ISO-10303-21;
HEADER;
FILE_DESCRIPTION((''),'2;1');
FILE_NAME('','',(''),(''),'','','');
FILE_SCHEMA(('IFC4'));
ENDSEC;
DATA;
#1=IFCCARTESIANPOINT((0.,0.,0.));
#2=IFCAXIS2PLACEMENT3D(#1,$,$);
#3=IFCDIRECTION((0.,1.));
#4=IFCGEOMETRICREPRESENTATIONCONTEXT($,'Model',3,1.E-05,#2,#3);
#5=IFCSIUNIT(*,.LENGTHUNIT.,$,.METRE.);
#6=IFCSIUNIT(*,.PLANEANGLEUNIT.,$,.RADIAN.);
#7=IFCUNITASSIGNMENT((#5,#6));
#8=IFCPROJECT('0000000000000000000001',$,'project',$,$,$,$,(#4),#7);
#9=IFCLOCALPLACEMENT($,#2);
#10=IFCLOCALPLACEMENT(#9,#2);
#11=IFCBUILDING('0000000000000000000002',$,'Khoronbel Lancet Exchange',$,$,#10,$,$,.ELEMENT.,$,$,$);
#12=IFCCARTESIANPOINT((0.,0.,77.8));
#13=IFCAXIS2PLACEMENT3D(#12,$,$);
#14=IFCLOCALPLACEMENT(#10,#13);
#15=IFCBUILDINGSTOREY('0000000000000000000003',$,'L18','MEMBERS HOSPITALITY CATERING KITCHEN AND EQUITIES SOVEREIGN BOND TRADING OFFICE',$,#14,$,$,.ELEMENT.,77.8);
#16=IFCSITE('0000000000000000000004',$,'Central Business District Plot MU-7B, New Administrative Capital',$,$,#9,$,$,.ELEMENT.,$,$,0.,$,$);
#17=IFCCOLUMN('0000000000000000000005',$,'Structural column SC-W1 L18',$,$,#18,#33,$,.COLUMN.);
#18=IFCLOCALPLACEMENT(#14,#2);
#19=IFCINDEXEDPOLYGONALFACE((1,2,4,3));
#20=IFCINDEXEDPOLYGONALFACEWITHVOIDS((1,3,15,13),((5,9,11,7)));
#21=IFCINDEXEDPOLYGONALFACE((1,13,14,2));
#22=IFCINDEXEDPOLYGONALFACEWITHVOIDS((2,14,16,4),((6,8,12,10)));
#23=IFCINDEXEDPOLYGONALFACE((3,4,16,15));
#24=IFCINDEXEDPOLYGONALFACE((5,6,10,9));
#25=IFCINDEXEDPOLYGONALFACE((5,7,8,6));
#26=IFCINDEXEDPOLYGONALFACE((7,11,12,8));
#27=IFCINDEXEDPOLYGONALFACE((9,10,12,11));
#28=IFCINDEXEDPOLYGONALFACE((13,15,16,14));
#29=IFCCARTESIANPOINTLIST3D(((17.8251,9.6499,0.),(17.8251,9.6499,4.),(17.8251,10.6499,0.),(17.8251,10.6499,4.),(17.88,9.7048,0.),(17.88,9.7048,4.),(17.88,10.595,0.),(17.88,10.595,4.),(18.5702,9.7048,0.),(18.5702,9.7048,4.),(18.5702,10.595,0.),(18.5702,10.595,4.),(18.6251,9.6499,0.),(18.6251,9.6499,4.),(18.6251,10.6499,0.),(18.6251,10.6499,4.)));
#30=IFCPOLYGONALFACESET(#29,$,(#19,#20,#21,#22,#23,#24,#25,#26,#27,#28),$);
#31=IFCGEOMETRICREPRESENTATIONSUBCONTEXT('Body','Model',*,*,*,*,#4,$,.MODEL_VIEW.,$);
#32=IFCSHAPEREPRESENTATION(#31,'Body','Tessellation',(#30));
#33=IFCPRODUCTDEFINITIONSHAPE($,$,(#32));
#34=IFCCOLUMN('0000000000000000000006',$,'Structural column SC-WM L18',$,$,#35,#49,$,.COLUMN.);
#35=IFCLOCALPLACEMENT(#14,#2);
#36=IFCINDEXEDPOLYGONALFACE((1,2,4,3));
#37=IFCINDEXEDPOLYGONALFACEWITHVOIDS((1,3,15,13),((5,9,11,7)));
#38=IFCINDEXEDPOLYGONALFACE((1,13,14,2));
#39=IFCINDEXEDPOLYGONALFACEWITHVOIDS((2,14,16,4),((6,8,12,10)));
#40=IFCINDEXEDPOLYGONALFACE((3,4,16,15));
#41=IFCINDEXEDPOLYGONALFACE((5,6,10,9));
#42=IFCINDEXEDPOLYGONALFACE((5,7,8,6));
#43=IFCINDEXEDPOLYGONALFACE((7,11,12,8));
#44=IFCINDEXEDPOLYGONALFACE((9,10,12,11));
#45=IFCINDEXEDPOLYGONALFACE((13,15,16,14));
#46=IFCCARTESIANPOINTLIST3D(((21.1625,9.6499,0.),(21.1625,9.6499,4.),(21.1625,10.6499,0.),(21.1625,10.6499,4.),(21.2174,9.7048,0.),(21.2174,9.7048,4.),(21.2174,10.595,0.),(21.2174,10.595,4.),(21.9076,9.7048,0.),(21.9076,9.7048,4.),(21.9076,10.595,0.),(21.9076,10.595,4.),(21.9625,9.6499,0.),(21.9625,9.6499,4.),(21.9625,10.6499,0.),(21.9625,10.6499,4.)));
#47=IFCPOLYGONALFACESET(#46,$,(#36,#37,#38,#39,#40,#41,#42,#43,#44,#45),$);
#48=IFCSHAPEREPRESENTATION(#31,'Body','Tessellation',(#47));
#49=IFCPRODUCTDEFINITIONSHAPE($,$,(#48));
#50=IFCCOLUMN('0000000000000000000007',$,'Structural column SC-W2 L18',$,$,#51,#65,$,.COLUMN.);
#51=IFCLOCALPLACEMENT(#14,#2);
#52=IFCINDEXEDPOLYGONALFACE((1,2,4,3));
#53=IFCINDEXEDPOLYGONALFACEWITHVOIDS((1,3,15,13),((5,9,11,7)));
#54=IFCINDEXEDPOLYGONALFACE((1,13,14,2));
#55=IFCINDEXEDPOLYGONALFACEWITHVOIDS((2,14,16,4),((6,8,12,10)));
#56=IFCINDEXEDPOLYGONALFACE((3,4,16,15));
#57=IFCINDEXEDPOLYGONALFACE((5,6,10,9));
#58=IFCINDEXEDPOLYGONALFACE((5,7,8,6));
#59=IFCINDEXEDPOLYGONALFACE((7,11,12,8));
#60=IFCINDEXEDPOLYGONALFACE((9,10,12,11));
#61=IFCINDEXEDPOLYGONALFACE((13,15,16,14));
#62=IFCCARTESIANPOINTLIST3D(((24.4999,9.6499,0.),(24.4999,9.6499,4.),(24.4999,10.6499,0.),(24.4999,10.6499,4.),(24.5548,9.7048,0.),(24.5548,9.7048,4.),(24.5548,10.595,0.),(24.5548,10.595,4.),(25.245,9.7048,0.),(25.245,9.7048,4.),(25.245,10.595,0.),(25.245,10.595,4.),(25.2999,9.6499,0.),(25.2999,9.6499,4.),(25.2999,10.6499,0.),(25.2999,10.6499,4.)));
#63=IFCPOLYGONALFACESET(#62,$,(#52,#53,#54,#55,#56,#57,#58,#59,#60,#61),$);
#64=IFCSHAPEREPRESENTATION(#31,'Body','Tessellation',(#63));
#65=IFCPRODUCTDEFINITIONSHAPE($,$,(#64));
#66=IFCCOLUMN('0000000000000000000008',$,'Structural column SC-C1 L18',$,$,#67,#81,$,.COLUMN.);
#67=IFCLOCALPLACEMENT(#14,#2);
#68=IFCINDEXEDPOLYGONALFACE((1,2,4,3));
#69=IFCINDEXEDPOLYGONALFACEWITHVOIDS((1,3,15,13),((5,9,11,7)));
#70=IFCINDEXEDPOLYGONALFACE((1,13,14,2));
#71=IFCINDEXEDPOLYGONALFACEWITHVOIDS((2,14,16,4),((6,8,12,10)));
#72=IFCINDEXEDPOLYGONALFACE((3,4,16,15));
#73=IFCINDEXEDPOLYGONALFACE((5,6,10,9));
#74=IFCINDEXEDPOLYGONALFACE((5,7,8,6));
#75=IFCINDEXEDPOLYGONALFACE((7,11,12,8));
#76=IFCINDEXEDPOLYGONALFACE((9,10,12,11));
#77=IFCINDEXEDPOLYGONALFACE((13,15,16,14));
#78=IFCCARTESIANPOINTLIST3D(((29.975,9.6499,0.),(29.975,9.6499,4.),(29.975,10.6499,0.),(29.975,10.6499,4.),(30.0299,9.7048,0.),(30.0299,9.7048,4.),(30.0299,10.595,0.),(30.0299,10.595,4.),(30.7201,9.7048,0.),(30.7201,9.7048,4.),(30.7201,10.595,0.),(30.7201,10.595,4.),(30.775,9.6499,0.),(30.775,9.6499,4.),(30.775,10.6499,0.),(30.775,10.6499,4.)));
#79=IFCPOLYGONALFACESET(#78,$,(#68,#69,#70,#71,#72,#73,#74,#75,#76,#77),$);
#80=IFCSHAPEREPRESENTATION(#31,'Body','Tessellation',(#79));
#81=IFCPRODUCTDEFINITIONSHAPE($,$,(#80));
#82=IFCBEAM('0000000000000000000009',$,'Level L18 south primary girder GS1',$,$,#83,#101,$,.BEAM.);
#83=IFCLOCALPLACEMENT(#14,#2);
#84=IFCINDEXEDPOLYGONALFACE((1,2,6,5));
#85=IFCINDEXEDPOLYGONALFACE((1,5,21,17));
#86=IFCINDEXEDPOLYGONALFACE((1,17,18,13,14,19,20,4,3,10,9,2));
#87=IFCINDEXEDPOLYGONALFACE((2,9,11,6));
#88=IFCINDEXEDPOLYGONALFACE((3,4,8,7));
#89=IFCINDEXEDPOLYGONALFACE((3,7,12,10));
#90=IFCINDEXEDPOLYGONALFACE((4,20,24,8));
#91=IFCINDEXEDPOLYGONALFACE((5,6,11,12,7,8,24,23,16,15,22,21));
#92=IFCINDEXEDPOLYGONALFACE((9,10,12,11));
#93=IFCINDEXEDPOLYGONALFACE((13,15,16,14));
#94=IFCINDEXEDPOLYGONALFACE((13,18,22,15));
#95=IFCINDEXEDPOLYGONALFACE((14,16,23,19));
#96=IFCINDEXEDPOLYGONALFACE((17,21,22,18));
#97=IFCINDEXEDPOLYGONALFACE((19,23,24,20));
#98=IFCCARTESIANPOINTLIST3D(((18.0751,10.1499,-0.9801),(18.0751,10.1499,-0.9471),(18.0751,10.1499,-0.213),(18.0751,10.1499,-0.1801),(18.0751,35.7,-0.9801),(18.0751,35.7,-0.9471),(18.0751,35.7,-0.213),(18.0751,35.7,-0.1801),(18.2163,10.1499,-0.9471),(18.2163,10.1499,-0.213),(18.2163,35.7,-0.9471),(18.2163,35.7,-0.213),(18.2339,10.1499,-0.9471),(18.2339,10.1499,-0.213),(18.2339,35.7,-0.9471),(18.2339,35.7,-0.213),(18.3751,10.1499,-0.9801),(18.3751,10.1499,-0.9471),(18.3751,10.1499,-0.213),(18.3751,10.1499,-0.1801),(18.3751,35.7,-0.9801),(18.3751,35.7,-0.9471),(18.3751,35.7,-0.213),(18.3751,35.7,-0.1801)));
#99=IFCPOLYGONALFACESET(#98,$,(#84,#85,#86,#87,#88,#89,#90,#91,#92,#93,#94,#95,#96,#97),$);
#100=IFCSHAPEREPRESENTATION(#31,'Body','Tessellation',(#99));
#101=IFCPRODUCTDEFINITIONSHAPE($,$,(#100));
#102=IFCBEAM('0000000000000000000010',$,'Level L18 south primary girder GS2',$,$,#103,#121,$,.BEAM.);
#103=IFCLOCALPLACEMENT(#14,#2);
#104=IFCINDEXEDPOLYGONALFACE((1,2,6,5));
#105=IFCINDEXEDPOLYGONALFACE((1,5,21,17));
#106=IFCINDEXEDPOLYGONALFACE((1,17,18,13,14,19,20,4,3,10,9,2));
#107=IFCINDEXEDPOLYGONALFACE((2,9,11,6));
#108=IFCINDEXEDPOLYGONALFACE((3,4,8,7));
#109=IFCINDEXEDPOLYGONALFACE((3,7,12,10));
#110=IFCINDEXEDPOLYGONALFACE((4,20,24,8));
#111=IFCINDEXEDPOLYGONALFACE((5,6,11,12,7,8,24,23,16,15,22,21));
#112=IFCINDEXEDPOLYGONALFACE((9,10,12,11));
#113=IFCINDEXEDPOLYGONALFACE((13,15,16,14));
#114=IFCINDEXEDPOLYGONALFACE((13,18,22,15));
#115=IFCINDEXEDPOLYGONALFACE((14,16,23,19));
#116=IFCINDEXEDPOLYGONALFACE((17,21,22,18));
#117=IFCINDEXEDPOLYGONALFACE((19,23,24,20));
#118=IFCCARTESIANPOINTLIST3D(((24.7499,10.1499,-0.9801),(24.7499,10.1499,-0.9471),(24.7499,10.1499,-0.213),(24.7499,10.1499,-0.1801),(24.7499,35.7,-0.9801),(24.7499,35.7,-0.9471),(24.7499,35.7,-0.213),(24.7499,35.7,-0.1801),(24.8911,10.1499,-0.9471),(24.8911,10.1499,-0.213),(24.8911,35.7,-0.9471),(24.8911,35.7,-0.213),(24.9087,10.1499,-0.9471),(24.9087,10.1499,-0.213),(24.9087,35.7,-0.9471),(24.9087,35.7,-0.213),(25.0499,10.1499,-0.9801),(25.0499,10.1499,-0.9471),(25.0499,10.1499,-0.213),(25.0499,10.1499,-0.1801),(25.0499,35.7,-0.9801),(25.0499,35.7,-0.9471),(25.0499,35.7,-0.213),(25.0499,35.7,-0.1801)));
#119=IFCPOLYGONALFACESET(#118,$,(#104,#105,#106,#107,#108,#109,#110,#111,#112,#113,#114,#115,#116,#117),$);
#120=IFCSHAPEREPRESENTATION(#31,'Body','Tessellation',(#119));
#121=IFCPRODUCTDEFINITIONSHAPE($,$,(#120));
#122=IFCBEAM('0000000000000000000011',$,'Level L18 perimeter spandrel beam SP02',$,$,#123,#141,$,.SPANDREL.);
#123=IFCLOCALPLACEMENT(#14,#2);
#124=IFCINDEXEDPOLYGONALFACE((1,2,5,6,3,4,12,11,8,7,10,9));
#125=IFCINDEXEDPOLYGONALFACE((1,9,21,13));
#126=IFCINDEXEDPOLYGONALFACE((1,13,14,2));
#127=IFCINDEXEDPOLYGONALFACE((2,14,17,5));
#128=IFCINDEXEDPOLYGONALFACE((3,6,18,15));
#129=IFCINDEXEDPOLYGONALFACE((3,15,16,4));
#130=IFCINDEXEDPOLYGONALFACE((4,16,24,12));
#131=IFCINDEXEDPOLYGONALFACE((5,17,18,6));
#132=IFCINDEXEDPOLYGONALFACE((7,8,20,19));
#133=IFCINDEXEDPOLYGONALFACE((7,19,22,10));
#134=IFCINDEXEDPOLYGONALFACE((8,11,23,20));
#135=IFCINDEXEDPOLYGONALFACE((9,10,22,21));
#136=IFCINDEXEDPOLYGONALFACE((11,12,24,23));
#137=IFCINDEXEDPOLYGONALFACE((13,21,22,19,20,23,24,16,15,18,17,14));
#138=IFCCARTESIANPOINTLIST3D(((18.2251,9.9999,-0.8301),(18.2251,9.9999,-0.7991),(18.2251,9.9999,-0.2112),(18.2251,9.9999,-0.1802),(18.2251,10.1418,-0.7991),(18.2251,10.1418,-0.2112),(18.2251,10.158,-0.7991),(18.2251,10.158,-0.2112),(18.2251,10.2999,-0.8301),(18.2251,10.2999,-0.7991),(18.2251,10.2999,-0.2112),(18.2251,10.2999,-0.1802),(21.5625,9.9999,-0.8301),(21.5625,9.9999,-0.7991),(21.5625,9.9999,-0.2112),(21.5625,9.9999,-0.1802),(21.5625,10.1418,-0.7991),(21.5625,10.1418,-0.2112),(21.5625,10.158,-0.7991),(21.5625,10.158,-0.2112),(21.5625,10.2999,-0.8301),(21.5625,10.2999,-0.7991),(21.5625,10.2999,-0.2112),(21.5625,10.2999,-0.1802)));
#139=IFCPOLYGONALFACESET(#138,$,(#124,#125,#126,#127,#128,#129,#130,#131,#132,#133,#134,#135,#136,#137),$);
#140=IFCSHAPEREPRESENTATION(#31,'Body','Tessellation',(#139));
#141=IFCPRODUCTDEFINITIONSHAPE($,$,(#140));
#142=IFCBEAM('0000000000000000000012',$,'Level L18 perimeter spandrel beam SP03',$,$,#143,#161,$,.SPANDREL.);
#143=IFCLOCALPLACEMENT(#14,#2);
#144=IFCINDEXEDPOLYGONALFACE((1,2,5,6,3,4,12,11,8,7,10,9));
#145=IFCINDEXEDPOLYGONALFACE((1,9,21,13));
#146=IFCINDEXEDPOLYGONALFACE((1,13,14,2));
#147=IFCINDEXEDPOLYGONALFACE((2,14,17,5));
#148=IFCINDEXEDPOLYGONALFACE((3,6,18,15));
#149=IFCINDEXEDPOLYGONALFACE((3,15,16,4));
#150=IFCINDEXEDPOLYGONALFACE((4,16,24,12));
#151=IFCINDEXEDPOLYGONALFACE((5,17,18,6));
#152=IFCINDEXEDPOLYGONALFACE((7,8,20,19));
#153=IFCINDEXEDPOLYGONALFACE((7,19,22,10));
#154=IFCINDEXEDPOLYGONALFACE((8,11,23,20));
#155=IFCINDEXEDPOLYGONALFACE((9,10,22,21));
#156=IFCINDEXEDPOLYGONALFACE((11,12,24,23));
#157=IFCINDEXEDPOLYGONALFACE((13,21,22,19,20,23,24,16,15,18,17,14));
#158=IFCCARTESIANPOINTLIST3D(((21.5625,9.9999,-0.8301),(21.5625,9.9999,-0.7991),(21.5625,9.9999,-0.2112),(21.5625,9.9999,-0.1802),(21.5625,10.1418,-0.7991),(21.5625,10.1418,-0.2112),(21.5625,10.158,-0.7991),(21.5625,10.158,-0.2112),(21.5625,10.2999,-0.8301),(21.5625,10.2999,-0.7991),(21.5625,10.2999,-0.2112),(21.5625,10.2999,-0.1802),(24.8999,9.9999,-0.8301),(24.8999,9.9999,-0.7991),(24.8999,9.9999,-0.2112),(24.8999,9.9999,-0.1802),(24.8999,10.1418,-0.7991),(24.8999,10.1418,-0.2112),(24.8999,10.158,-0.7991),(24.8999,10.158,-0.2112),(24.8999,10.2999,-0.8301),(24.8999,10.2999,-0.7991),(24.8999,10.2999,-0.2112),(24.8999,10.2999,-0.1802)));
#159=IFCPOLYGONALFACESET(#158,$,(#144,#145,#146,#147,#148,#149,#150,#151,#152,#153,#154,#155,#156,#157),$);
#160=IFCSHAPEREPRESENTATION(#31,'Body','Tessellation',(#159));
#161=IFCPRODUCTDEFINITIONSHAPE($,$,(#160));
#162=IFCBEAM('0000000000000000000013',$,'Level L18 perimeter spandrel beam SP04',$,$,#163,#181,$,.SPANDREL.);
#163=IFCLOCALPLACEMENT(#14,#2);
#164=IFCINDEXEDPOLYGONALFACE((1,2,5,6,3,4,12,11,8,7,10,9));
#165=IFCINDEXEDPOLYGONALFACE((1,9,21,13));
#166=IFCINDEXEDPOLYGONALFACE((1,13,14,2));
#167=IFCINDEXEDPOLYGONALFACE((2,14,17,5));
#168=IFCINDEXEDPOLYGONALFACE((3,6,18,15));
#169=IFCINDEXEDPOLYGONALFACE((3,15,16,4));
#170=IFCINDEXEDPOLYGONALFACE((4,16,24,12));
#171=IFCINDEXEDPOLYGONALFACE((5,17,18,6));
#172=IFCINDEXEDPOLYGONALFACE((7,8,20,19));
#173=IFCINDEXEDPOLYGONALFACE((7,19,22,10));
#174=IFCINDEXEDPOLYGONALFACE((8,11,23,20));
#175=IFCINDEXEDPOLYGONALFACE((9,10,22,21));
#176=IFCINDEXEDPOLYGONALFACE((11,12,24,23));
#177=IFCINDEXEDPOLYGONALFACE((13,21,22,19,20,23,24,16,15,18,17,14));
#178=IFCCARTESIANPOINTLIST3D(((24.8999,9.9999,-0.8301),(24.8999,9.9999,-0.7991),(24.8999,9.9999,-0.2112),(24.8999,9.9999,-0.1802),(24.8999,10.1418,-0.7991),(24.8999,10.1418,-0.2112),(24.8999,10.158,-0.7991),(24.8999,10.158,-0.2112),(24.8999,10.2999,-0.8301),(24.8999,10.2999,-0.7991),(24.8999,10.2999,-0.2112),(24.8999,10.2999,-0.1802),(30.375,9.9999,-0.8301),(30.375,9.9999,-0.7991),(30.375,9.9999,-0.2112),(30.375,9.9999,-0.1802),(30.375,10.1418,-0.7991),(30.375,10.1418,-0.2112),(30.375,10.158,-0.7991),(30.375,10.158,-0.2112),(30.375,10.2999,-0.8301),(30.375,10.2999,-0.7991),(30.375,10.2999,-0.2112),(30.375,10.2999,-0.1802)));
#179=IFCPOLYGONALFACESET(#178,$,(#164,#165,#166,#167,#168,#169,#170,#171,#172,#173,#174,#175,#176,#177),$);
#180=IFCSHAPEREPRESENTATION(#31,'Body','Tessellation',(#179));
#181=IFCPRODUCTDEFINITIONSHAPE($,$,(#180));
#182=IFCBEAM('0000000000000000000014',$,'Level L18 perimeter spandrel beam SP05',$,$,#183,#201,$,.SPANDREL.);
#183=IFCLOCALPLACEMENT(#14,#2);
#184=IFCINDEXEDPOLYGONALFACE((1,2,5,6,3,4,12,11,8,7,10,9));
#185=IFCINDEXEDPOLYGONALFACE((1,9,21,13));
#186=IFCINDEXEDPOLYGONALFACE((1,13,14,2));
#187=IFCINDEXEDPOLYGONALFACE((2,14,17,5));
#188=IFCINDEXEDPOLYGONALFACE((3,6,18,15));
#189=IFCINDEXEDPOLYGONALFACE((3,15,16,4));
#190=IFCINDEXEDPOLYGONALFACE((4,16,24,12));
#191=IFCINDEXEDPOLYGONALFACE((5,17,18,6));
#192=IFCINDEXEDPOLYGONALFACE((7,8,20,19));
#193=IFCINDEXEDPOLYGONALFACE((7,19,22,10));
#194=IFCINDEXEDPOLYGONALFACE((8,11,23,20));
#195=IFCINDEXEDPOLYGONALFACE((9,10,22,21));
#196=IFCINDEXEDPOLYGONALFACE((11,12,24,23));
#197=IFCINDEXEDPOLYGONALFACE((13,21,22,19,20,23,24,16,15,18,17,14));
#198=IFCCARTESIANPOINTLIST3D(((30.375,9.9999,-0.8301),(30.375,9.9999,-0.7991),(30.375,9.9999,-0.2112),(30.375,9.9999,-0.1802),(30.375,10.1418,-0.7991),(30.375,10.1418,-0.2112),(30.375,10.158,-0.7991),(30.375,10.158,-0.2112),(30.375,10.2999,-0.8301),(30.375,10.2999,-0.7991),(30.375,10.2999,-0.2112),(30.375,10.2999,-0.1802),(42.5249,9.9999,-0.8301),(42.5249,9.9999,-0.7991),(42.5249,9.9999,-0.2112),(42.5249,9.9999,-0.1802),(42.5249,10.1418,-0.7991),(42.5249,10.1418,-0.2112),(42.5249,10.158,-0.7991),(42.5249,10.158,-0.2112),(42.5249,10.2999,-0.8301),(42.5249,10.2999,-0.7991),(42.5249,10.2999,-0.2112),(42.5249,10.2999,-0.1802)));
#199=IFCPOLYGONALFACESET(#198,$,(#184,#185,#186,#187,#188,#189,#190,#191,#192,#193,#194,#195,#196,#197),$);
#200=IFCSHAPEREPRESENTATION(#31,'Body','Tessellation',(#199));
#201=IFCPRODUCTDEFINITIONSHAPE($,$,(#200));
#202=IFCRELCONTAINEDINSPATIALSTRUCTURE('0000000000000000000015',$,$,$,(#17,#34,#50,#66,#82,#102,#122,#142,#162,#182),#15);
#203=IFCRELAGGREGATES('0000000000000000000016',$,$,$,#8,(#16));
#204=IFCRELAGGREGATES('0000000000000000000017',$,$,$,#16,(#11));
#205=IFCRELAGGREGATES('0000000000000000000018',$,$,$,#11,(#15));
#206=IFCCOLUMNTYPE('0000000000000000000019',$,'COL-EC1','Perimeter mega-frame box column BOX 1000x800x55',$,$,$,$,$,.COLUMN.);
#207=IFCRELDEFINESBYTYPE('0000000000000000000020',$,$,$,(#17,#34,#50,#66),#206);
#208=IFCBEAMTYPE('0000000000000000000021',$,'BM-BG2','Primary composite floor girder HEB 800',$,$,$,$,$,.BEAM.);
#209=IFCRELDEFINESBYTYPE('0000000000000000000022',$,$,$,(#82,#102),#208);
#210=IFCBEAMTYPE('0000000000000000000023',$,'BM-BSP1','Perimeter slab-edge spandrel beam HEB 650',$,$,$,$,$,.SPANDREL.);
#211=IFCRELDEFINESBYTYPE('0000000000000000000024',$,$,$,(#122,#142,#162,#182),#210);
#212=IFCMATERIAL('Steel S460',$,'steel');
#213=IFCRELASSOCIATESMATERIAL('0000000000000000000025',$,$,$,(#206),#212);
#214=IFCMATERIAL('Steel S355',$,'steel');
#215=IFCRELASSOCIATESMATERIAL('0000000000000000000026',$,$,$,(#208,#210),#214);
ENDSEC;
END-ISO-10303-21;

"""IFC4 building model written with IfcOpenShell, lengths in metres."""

from ifc_helpers import new_model, si_unit, direction, frame, origin, origin_2d, place, context, subcontext, project, spatial, hollow_rectangle, i_section, extrude, material, material_profile, profile_set, type_object, element, save


model = new_model("IFC4")

# Units and contexts
model_context = context("Model", 3, precision=1e-05, world=origin(), true_north=direction((0.0, 1.0)))
body_context = subcontext(model_context, "Body", "Model", "MODEL_VIEW")
ifc_project = project(units=[si_unit("LENGTHUNIT", "METRE"), si_unit("PLANEANGLEUNIT", "RADIAN")], contexts=[model_context])

# Site, building, storey
site_placement = place(None, origin())
site = spatial("IfcSite", under=ifc_project, at=site_placement, Name="Central Business District Plot MU-7B, New Administrative Capital", CompositionType="ELEMENT", RefElevation=0.0)
building_placement = place(site_placement, origin())
building = spatial("IfcBuilding", under=site, at=building_placement, Name="Khoronbel Lancet Exchange", CompositionType="ELEMENT")
storey_placement = place(building_placement, frame((0.0, 0.0, 77.8)))
storey = spatial("IfcBuildingStorey", under=building, at=storey_placement, Name="L18", Description="MEMBERS HOSPITALITY CATERING KITCHEN AND EQUITIES SOVEREIGN BOND TRADING OFFICE", CompositionType="ELEMENT", Elevation=77.8)

# Columns
ifc_material_1 = material(Name="Steel S460", Category="steel")
ifc_material_profile_1 = material_profile(ifc_material_1, hollow_rectangle(XDim=0.8, YDim=1.0, WallThickness=0.0549, at=origin_2d()), Name="BOX 1000x800x55")
ifc_profile_set_1 = profile_set([ifc_material_profile_1], Name="Steel S460")
column_type = type_object("IfcColumnType", Name="COL-EC1", Description="Perimeter mega-frame box column BOX 1000x800x55", PredefinedType="COLUMN", material=ifc_profile_set_1)
for number, where, z_axis, x_axis, name in (
    (1, (18.2251, 10.1499, 0.0), (0.0, 0.0, 1.0), (1.0, 0.0, 0.0), "Structural column SC-W1 L18"),
    (2, (21.5625, 10.1499, 0.0), (0.0, 0.0, 1.0), (1.0, 0.0, 0.0), "Structural column SC-WM L18"),
    (3, (24.8999, 10.1499, 0.0), (0.0, 0.0, 1.0), (1.0, 0.0, 0.0), "Structural column SC-W2 L18"),
    (4, (30.375, 10.1499, 0.0), (0.0, 0.0, 1.0), (1.0, 0.0, 0.0), "Structural column SC-C1 L18"),
):
    element("IfcColumn", number, at=place(storey_placement, frame(where, z_axis=z_axis, x_axis=x_axis)), inside=storey, type_object=column_type, Name=name, PredefinedType="COLUMN", context=body_context, shape_type="SweptSolid", body=[
        extrude(hollow_rectangle(XDim=0.8, YDim=1.0, WallThickness=0.0549, at=origin_2d()), origin(), (0.0, 0.0, 1.0), 4.0),
    ])

# Beams
ifc_material_2 = material(Name="Steel S355", Category="steel")
ifc_material_profile_2 = material_profile(ifc_material_2, i_section(OverallWidth=0.3, OverallDepth=0.8, WebThickness=0.0176, FlangeThickness=0.033, at=origin_2d()), Name="HEB 800")
ifc_profile_set_2 = profile_set([ifc_material_profile_2], Name="Steel S355")
beam_type_1 = type_object("IfcBeamType", Name="BM-BG2", Description="Primary composite floor girder HEB 800", PredefinedType="BEAM", material=ifc_profile_set_2)
for number, where, z_axis, x_axis, name in (
    (5, (18.2251, 10.1499, -0.5801), (0.0, 1.0, 0.0), (-1.0, 0.0, 0.0), "Level L18 south primary girder GS1"),
    (6, (24.8999, 10.1499, -0.5801), (0.0, 1.0, 0.0), (-1.0, 0.0, 0.0), "Level L18 south primary girder GS2"),
):
    element("IfcBeam", number, at=place(storey_placement, frame(where, z_axis=z_axis, x_axis=x_axis)), inside=storey, type_object=beam_type_1, Name=name, PredefinedType="BEAM", context=body_context, shape_type="SweptSolid", body=[
        extrude(i_section(OverallWidth=0.3, OverallDepth=0.8, WebThickness=0.0176, FlangeThickness=0.033, at=origin_2d()), origin(), (0.0, 0.0, 1.0), 25.55),
    ])
ifc_material_profile_3 = material_profile(ifc_material_2, i_section(OverallWidth=0.3, OverallDepth=0.6499, WebThickness=0.0161, FlangeThickness=0.031, at=origin_2d()), Name="HEB 650")
ifc_profile_set_3 = profile_set([ifc_material_profile_3], Name="Steel S355")
beam_type_2 = type_object("IfcBeamType", Name="BM-BSP1", Description="Perimeter slab-edge spandrel beam HEB 650", PredefinedType="SPANDREL", material=ifc_profile_set_3)
for number, where, z_axis, x_axis, name in (
    (7, (18.2251, 10.1499, -0.5051), (1.0, 0.0, 0.0), (0.0, 1.0, 0.0), "Level L18 perimeter spandrel beam SP02"),
    (8, (21.5625, 10.1499, -0.5051), (1.0, 0.0, 0.0), (0.0, 1.0, 0.0), "Level L18 perimeter spandrel beam SP03"),
):
    element("IfcBeam", number, at=place(storey_placement, frame(where, z_axis=z_axis, x_axis=x_axis)), inside=storey, type_object=beam_type_2, Name=name, PredefinedType="SPANDREL", context=body_context, shape_type="SweptSolid", body=[
        extrude(i_section(OverallWidth=0.3, OverallDepth=0.6499, WebThickness=0.0161, FlangeThickness=0.031, at=origin_2d()), origin(), (0.0, 0.0, 1.0), 3.3374),
    ])
beam_1_placement = place(storey_placement, frame((24.8999, 10.1499, -0.5051), z_axis=(1.0, 0.0, 0.0), x_axis=(0.0, 1.0, 0.0)))
element("IfcBeam", 9, at=beam_1_placement, inside=storey, type_object=beam_type_2, Name="Level L18 perimeter spandrel beam SP04", PredefinedType="SPANDREL", context=body_context, shape_type="SweptSolid", body=[
    extrude(i_section(OverallWidth=0.3, OverallDepth=0.6499, WebThickness=0.0161, FlangeThickness=0.031, at=origin_2d()), origin(), (0.0, 0.0, 1.0), 5.4751),
])
beam_2_placement = place(storey_placement, frame((30.375, 10.1499, -0.5051), z_axis=(1.0, 0.0, 0.0), x_axis=(0.0, 1.0, 0.0)))
element("IfcBeam", 10, at=beam_2_placement, inside=storey, type_object=beam_type_2, Name="Level L18 perimeter spandrel beam SP05", PredefinedType="SPANDREL", context=body_context, shape_type="SweptSolid", body=[
    extrude(i_section(OverallWidth=0.3, OverallDepth=0.6499, WebThickness=0.0161, FlangeThickness=0.031, at=origin_2d()), origin(), (0.0, 0.0, 1.0), 12.1499),
])

save(model, "model.ifc")
